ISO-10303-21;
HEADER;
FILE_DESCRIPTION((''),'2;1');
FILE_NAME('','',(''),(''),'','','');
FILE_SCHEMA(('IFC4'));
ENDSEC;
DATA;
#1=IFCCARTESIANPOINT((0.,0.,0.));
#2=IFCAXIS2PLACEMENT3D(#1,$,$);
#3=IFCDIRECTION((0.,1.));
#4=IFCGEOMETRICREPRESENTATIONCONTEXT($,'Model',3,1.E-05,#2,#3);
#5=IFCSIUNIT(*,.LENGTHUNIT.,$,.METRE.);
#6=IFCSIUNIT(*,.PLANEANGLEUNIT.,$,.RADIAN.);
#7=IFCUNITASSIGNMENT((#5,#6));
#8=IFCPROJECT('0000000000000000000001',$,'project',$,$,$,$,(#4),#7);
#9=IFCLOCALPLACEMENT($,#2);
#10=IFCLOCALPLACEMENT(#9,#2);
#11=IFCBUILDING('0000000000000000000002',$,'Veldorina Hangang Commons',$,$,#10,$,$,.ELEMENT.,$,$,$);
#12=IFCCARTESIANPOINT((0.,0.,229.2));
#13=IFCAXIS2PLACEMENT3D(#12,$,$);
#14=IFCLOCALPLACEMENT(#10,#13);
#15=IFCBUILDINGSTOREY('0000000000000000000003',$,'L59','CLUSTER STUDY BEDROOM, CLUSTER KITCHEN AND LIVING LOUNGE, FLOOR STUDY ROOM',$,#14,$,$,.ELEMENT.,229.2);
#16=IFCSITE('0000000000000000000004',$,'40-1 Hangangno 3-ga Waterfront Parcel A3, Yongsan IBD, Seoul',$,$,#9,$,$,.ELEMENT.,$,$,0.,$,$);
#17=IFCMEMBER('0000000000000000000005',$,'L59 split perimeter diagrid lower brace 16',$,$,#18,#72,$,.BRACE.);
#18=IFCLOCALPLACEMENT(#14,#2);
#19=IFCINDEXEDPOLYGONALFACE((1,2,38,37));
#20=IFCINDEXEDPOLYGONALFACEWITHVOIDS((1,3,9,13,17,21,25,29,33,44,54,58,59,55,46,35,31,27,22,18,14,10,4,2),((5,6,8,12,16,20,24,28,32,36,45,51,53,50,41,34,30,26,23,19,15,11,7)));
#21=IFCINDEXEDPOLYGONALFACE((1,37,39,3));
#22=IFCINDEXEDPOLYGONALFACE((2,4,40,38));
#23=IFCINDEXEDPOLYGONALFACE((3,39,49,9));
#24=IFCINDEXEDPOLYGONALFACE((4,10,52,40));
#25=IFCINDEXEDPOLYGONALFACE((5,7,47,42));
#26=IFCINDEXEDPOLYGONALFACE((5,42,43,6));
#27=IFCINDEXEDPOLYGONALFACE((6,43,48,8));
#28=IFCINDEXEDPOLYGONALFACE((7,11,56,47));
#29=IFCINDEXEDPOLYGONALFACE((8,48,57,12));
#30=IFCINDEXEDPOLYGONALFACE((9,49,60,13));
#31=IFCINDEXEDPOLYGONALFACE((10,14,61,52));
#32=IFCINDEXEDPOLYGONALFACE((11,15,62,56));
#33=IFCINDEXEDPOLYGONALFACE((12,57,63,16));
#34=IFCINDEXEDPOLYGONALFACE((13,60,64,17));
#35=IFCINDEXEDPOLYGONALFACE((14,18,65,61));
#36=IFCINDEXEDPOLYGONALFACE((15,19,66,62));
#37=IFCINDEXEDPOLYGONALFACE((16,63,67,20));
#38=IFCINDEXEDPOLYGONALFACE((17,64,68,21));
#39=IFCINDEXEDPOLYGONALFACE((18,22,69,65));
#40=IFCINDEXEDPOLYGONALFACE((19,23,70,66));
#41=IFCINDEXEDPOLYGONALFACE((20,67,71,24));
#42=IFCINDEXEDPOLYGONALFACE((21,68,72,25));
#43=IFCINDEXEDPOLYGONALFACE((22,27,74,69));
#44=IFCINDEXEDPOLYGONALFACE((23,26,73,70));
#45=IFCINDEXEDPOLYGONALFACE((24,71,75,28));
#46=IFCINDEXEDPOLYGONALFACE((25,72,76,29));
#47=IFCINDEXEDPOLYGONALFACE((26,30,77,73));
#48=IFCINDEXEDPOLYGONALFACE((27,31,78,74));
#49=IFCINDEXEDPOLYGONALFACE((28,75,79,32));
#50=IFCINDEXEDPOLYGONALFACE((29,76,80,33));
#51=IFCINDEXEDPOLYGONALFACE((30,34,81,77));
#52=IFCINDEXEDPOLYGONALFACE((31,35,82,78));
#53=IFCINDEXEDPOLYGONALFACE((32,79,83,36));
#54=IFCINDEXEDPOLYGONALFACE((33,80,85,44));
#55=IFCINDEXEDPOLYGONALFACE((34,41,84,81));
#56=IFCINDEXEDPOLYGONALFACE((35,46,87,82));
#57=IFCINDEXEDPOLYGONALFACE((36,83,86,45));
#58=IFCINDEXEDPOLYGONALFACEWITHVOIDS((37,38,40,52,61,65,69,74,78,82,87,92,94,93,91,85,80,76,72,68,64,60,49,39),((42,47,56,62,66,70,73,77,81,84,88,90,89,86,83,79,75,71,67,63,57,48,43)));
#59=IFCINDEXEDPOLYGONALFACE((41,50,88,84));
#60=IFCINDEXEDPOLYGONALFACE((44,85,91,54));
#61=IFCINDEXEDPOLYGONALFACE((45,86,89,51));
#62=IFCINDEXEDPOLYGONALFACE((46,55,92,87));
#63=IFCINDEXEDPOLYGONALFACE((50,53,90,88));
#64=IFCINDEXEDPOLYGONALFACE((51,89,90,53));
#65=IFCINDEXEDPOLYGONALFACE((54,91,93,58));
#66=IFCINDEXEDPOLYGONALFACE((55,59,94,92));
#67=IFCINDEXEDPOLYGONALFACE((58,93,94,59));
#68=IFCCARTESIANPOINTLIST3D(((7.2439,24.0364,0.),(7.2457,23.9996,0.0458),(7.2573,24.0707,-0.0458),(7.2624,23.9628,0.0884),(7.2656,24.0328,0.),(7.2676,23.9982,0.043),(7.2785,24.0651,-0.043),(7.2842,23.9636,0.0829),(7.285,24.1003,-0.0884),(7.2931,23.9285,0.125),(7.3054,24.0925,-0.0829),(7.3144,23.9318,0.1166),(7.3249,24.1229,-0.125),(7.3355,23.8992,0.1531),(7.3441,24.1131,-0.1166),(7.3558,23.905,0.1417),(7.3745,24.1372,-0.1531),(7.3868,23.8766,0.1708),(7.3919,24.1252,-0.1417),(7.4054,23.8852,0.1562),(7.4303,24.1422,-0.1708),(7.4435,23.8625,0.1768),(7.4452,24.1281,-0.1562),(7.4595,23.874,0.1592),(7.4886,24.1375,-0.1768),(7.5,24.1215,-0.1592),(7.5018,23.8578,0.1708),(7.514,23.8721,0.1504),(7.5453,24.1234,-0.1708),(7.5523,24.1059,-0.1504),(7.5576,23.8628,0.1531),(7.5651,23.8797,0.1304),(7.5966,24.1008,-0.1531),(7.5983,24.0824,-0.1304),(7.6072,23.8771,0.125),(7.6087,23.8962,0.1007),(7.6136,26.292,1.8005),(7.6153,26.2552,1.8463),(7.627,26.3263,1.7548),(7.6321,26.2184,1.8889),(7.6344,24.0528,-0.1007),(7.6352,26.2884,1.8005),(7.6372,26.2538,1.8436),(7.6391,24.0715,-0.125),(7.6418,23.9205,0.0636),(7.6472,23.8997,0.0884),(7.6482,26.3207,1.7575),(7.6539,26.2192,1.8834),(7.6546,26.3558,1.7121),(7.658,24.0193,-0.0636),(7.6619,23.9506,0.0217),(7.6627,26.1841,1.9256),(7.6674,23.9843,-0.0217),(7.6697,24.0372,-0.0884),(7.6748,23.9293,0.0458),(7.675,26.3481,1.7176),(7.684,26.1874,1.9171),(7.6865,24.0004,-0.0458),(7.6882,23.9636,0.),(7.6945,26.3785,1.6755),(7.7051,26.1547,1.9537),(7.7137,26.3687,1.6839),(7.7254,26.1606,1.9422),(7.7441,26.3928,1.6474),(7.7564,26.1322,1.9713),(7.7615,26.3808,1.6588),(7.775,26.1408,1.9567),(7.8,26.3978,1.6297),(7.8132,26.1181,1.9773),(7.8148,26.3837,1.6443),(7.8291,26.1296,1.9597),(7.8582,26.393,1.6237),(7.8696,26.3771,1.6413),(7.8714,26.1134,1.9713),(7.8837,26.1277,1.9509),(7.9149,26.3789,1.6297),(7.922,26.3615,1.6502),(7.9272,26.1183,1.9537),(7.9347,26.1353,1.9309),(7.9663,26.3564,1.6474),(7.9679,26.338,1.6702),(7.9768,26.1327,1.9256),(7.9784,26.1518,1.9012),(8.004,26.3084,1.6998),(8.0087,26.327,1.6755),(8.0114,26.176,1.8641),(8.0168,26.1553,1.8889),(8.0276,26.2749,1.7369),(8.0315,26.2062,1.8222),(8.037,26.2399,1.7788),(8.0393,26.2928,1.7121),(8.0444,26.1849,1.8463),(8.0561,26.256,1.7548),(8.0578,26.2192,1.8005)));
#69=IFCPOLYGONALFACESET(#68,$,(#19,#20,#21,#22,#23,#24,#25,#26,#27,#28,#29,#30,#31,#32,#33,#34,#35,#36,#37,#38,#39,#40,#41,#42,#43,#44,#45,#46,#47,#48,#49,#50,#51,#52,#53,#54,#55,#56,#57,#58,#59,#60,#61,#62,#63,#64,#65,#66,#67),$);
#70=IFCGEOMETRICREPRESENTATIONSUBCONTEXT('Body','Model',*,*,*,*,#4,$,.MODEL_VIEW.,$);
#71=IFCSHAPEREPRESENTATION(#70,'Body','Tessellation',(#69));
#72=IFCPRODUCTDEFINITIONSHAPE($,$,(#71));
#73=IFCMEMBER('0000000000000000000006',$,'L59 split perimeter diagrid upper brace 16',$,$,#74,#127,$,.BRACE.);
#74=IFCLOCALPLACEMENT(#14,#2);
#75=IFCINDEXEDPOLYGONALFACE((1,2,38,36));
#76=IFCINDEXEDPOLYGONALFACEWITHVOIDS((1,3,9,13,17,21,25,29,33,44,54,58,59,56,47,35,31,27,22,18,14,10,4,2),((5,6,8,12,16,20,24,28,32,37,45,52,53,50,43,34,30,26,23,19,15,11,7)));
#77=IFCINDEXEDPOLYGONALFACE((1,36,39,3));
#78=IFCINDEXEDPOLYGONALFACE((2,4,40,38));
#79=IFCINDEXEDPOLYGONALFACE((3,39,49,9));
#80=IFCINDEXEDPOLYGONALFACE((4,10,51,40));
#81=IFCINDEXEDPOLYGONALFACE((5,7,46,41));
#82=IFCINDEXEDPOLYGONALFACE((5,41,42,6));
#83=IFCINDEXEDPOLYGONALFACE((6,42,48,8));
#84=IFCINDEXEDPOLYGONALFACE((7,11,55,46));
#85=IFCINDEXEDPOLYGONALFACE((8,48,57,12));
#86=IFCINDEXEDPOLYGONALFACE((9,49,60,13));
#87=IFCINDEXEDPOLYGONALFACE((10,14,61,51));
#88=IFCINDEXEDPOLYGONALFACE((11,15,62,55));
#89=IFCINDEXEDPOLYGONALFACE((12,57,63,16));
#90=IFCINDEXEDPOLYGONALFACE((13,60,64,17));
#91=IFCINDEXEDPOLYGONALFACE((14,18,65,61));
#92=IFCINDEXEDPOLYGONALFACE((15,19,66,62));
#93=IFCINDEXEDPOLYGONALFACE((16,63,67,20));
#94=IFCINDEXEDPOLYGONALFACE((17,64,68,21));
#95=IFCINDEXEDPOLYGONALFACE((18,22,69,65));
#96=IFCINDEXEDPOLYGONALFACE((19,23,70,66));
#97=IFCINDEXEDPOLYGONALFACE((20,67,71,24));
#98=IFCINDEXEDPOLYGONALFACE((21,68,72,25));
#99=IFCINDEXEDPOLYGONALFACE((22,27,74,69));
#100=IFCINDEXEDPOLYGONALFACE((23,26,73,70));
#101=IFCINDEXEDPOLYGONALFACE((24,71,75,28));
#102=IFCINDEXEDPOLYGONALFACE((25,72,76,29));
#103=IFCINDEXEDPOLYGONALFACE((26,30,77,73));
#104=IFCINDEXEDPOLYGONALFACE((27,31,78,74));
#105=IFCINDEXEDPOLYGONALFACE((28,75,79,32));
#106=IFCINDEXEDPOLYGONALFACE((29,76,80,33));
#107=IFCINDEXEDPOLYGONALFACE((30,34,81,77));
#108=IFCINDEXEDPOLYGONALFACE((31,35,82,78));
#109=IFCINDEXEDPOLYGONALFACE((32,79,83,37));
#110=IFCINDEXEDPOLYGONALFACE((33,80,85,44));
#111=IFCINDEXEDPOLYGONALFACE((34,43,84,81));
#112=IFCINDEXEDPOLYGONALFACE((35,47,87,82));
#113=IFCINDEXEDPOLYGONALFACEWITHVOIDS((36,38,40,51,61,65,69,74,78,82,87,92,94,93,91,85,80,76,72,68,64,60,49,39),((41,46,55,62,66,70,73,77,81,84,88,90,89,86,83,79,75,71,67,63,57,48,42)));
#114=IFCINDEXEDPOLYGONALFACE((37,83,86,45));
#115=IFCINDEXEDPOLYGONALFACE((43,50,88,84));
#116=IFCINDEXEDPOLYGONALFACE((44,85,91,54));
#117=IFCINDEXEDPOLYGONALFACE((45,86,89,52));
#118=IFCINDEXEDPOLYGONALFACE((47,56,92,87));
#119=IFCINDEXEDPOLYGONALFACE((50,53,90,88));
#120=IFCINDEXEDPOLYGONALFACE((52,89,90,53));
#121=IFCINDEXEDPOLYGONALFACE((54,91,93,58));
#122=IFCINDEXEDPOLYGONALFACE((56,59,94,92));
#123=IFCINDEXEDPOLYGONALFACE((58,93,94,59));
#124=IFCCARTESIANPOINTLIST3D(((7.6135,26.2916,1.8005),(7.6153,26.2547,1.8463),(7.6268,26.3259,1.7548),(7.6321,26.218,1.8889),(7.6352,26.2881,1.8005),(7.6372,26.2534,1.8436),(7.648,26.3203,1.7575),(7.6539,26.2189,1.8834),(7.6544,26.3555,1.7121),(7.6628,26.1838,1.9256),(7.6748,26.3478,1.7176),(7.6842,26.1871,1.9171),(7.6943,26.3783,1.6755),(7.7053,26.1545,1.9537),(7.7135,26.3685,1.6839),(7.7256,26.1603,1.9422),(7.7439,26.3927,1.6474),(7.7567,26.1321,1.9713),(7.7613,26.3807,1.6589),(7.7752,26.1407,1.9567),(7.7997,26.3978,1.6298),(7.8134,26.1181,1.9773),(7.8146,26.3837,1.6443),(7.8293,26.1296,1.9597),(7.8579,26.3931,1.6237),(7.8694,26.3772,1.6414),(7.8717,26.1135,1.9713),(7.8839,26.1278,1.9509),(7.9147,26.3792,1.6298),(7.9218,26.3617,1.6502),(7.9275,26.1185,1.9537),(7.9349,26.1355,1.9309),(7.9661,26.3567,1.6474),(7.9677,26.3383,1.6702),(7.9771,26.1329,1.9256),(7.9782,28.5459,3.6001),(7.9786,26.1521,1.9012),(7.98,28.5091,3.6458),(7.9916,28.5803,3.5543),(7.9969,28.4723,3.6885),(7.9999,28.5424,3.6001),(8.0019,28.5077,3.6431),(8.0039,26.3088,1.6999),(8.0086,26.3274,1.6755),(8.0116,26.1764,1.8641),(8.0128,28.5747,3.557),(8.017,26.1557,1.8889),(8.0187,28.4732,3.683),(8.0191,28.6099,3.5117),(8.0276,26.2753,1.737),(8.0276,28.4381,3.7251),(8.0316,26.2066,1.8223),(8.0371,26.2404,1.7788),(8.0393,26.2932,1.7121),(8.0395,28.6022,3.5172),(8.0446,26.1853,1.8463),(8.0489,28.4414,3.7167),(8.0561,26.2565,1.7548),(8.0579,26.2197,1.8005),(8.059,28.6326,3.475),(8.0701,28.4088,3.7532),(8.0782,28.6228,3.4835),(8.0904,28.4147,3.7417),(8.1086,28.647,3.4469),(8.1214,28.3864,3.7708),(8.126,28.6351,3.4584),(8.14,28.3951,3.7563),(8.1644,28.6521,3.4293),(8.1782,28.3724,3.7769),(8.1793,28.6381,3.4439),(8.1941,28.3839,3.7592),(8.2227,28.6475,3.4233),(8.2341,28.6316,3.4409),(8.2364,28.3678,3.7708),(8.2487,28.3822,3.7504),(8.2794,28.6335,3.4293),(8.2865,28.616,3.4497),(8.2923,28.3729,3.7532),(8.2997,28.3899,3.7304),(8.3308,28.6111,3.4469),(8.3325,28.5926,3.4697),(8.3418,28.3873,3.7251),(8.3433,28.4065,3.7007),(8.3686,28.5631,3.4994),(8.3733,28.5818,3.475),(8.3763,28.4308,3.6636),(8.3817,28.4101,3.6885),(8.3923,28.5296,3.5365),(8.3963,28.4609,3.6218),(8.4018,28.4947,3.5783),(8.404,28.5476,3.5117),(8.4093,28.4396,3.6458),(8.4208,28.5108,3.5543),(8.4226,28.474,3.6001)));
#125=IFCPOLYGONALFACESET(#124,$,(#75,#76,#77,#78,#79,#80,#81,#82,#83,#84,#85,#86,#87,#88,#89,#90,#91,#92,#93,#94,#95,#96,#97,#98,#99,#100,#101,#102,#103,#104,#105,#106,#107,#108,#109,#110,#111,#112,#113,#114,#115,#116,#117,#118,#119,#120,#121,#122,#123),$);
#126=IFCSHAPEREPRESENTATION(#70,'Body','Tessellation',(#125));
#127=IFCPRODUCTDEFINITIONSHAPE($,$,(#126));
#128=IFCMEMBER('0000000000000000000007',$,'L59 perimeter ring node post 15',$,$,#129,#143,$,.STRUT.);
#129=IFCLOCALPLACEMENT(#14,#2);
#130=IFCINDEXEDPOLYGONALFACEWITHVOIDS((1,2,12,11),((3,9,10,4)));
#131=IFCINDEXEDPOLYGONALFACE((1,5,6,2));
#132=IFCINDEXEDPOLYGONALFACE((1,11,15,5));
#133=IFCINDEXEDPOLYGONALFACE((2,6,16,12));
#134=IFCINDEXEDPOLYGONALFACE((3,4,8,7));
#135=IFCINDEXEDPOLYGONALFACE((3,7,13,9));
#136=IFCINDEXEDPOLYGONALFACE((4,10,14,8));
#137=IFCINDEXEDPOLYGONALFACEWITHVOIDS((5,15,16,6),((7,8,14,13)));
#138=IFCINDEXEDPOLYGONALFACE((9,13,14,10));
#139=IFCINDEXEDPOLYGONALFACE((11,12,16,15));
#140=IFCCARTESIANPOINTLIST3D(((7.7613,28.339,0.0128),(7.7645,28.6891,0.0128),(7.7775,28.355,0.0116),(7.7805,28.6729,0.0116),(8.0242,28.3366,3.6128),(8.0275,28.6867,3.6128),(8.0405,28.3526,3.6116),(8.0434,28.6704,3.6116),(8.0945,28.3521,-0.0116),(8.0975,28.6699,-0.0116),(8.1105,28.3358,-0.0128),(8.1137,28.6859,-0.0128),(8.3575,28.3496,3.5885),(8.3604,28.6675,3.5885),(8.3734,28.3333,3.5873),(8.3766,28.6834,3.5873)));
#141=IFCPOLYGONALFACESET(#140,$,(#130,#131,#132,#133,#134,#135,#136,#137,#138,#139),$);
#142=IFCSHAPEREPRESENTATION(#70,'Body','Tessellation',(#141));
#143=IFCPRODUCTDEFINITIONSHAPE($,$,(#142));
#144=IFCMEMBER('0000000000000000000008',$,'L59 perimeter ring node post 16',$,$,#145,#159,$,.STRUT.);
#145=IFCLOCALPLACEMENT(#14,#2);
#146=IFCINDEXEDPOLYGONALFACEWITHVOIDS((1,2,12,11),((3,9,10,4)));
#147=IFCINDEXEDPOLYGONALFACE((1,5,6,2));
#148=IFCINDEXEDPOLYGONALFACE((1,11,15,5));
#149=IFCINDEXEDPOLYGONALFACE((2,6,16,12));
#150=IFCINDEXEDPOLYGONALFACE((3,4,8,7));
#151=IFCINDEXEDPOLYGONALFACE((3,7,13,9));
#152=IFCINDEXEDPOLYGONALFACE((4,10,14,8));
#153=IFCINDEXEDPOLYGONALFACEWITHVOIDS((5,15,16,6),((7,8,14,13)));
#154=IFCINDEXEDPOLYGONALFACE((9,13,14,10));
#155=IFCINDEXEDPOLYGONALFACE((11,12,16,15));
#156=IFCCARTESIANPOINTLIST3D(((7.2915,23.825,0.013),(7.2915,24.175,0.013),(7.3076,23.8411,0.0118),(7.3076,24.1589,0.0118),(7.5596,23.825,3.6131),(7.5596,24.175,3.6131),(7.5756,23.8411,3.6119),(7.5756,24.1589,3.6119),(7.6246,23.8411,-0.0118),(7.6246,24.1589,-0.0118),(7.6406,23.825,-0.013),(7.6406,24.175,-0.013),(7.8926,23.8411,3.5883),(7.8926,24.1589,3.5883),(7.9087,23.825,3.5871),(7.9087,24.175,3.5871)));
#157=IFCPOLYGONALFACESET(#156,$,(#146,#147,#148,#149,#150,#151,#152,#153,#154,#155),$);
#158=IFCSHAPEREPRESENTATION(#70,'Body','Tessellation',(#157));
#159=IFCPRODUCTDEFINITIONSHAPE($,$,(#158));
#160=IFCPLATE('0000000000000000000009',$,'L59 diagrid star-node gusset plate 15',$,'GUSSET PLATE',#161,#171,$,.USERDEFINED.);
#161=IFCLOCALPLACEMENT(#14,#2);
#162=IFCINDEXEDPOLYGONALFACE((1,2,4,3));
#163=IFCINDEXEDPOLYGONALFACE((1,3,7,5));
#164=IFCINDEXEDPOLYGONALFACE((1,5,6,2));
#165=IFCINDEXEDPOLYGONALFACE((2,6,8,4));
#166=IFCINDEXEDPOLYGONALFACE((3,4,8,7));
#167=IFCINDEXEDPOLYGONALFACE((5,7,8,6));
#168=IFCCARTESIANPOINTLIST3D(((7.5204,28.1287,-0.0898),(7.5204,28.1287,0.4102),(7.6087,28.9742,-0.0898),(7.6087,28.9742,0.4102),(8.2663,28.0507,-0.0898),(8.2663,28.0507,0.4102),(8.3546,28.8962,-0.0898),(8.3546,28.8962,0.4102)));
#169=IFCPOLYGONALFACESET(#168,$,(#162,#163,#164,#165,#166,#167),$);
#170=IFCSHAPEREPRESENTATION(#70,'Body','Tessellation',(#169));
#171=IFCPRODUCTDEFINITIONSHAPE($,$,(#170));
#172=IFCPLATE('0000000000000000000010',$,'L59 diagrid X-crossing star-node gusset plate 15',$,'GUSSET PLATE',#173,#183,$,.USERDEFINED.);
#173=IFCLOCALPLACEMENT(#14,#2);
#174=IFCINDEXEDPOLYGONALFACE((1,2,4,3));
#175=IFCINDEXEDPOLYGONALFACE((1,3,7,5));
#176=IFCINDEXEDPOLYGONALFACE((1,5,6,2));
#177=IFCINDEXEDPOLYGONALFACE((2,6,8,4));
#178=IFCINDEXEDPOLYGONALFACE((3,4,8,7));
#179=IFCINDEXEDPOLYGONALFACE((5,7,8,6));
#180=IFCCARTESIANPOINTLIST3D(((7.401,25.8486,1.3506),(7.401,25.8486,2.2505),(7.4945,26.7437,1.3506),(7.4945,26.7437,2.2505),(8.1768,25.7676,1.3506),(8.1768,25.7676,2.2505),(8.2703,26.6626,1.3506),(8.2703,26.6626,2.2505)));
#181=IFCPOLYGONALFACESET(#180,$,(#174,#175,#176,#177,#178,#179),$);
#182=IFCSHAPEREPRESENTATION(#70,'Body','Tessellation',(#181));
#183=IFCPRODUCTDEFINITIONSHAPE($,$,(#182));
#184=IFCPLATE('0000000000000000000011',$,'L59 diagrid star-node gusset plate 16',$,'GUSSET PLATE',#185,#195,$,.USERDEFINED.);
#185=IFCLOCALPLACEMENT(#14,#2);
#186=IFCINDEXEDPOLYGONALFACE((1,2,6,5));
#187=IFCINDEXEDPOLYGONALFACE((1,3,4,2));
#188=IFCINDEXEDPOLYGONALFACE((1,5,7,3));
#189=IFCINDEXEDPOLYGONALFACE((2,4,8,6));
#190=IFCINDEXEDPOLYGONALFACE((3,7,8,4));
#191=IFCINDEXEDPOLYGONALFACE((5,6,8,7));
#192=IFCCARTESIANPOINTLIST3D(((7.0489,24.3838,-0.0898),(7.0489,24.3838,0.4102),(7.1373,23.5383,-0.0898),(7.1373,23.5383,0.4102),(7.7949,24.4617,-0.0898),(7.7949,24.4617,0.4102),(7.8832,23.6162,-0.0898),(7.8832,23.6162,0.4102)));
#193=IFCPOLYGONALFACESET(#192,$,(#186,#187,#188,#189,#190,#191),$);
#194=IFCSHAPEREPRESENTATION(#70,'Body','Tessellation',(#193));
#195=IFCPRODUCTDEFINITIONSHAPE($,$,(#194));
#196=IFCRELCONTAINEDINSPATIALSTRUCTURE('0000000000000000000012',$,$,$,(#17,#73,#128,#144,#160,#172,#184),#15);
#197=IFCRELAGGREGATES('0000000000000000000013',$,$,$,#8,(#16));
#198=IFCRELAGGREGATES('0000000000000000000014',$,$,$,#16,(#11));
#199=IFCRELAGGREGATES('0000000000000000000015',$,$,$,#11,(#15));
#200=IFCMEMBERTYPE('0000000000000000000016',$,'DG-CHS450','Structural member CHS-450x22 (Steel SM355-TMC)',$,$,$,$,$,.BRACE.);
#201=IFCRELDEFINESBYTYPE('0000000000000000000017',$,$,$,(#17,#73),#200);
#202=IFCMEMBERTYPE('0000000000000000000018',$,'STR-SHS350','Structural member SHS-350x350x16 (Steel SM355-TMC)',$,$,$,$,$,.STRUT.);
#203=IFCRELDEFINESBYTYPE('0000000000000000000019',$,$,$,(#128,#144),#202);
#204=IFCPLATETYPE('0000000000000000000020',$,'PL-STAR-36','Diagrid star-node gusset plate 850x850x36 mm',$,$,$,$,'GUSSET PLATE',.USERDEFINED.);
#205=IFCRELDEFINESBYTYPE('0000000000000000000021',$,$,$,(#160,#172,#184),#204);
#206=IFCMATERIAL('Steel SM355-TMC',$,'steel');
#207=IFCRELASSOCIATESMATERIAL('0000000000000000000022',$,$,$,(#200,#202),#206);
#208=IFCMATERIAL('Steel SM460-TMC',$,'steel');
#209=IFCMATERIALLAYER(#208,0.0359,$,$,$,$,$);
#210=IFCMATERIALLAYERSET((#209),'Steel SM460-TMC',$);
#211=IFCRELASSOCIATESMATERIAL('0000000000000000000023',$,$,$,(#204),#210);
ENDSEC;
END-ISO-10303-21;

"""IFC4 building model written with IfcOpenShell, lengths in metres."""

from ifc_helpers import new_model, si_unit, direction, frame, origin, origin_2d, place, context, subcontext, project, spatial, rectangle, hollow_rectangle, hollow_circle, extrude, material, layer, layer_set, material_profile, profile_set, type_object, element, save


model = new_model("IFC4")

# Units and contexts
model_context = context("Model", 3, precision=1e-05, world=origin(), true_north=direction((0.0, 1.0)))
body_context = subcontext(model_context, "Body", "Model", "MODEL_VIEW")
ifc_project = project(units=[si_unit("LENGTHUNIT", "METRE"), si_unit("PLANEANGLEUNIT", "RADIAN")], contexts=[model_context])

# Site, building, storey
site_placement = place(None, origin())
site = spatial("IfcSite", under=ifc_project, at=site_placement, Name="40-1 Hangangno 3-ga Waterfront Parcel A3, Yongsan IBD, Seoul", CompositionType="ELEMENT", RefElevation=0.0)
building_placement = place(site_placement, origin())
building = spatial("IfcBuilding", under=site, at=building_placement, Name="Veldorina Hangang Commons", CompositionType="ELEMENT")
storey_placement = place(building_placement, frame((0.0, 0.0, 229.2)))
storey = spatial("IfcBuildingStorey", under=building, at=storey_placement, Name="L59", Description="CLUSTER STUDY BEDROOM, CLUSTER KITCHEN AND LIVING LOUNGE, FLOOR STUDY ROOM", CompositionType="ELEMENT", Elevation=229.2)

# Shared definitions
ifc_material_1 = material(Name="Steel SM355-TMC", Category="steel")

# Members
ifc_material_profile_1 = material_profile(ifc_material_1, hollow_circle(Radius=0.2251, WallThickness=0.022, at=origin_2d()), Name="CHS-450x22")
ifc_profile_set_1 = profile_set([ifc_material_profile_1], Name="Steel SM355-TMC")
member_type_1 = type_object("IfcMemberType", Name="DG-CHS450", Description="Structural member CHS-450x22 (Steel SM355-TMC)", PredefinedType="BRACE", material=ifc_profile_set_1)
member_1_placement = place(storey_placement, frame((7.4661, 24.0, 0.0), z_axis=(0.127033, 0.775205, 0.618805), x_axis=(-0.986838, 0.161714, 0.0)))
element("IfcMember", 1, at=member_1_placement, inside=storey, type_object=member_type_1, Name="L59 split perimeter diagrid lower brace 16", PredefinedType="BRACE", context=body_context, shape_type="SweptSolid", body=[
    extrude(hollow_circle(Radius=0.2251, WallThickness=0.022, at=origin_2d()), origin(), (0.0, 0.0, 1.0), 2.9097),
])
member_2_placement = place(storey_placement, frame((7.8357, 26.2556, 1.8005), z_axis=(0.125449, 0.775363, 0.61893), x_axis=(-0.987163, 0.159716, 0.0)))
element("IfcMember", 2, at=member_2_placement, inside=storey, type_object=member_type_1, Name="L59 split perimeter diagrid upper brace 16", PredefinedType="BRACE", context=body_context, shape_type="SweptSolid", body=[
    extrude(hollow_circle(Radius=0.2251, WallThickness=0.022, at=origin_2d()), origin(), (0.0, 0.0, 1.0), 2.9075),
])
ifc_material_profile_2 = material_profile(ifc_material_1, hollow_rectangle(XDim=0.3501, YDim=0.3501, WallThickness=0.0161, at=origin_2d()), Name="SHS-350x350x16")
ifc_profile_set_2 = profile_set([ifc_material_profile_2], Name="Steel SM355-TMC")
member_type_2 = type_object("IfcMemberType", Name="STR-SHS350", Description="Structural member SHS-350x350x16 (Steel SM355-TMC)", PredefinedType="STRUT", material=ifc_profile_set_2)
member_3_placement = place(storey_placement, frame((7.9375, 28.5125, 0.0), z_axis=(0.072843, -0.000676, 0.997343), x_axis=(0.009285, 0.999957, 0.0)))
element("IfcMember", 3, at=member_3_placement, inside=storey, type_object=member_type_2, Name="L59 perimeter ring node post 15", PredefinedType="STRUT", context=body_context, shape_type="SweptSolid", body=[
    extrude(hollow_rectangle(XDim=0.3501, YDim=0.3501, WallThickness=0.0161, at=origin_2d()), origin(), (0.0, 0.0, 1.0), 3.6096),
])
member_4_placement = place(storey_placement, frame((7.4661, 24.0, 0.0), z_axis=(0.074255, 0.0, 0.997239), x_axis=(0.0, 1.0, 0.0)))
element("IfcMember", 4, at=member_4_placement, inside=storey, type_object=member_type_2, Name="L59 perimeter ring node post 16", PredefinedType="STRUT", context=body_context, shape_type="SweptSolid", body=[
    extrude(hollow_rectangle(XDim=0.3501, YDim=0.3501, WallThickness=0.0161, at=origin_2d()), origin(), (0.0, 0.0, 1.0), 3.6101),
])

# Plates
ifc_material_2 = material(Name="Steel SM460-TMC", Category="steel")
ifc_layer_1 = layer(ifc_material_2, 0.0359)
ifc_layer_set_1 = layer_set([ifc_layer_1], Name="Steel SM460-TMC")
plate_type = type_object("IfcPlateType", Name="PL-STAR-36", Description="Diagrid star-node gusset plate 850x850x36 mm", ElementType="GUSSET PLATE", PredefinedType="USERDEFINED", material=ifc_layer_set_1)
plate_1_placement = place(storey_placement, frame((7.9375, 28.5125, -0.0898), z_axis=(0.0, 0.0, 1.0), x_axis=(-0.103904, -0.994587, 0.0)))
element("IfcPlate", 5, at=plate_1_placement, inside=storey, type_object=plate_type, Name="L59 diagrid star-node gusset plate 15", ObjectType="GUSSET PLATE", PredefinedType="USERDEFINED", context=body_context, shape_type="SweptSolid", body=[
    extrude(rectangle(XDim=0.8501, YDim=0.75, at=origin_2d()), origin(), (0.0, 0.0, 1.0), 0.5),
])
plate_2_placement = place(storey_placement, frame((7.8357, 26.2556, 1.3506), z_axis=(0.0, 0.0, 1.0), x_axis=(-0.103904, -0.994587, 0.0)))
element("IfcPlate", 6, at=plate_2_placement, inside=storey, type_object=plate_type, Name="L59 diagrid X-crossing star-node gusset plate 15", ObjectType="GUSSET PLATE", PredefinedType="USERDEFINED", context=body_context, shape_type="SweptSolid", body=[
    extrude(rectangle(XDim=0.8999, YDim=0.78, at=origin_2d()), origin(), (0.0, 0.0, 1.0), 0.8999),
])
plate_3_placement = place(storey_placement, frame((7.4661, 24.0, -0.0898), z_axis=(0.0, 0.0, 1.0), x_axis=(0.103904, -0.994587, 0.0)))
element("IfcPlate", 7, at=plate_3_placement, inside=storey, type_object=plate_type, Name="L59 diagrid star-node gusset plate 16", ObjectType="GUSSET PLATE", PredefinedType="USERDEFINED", context=body_context, shape_type="SweptSolid", body=[
    extrude(rectangle(XDim=0.8501, YDim=0.75, at=origin_2d()), origin(), (0.0, 0.0, 1.0), 0.5),
])

save(model, "model.ifc")
